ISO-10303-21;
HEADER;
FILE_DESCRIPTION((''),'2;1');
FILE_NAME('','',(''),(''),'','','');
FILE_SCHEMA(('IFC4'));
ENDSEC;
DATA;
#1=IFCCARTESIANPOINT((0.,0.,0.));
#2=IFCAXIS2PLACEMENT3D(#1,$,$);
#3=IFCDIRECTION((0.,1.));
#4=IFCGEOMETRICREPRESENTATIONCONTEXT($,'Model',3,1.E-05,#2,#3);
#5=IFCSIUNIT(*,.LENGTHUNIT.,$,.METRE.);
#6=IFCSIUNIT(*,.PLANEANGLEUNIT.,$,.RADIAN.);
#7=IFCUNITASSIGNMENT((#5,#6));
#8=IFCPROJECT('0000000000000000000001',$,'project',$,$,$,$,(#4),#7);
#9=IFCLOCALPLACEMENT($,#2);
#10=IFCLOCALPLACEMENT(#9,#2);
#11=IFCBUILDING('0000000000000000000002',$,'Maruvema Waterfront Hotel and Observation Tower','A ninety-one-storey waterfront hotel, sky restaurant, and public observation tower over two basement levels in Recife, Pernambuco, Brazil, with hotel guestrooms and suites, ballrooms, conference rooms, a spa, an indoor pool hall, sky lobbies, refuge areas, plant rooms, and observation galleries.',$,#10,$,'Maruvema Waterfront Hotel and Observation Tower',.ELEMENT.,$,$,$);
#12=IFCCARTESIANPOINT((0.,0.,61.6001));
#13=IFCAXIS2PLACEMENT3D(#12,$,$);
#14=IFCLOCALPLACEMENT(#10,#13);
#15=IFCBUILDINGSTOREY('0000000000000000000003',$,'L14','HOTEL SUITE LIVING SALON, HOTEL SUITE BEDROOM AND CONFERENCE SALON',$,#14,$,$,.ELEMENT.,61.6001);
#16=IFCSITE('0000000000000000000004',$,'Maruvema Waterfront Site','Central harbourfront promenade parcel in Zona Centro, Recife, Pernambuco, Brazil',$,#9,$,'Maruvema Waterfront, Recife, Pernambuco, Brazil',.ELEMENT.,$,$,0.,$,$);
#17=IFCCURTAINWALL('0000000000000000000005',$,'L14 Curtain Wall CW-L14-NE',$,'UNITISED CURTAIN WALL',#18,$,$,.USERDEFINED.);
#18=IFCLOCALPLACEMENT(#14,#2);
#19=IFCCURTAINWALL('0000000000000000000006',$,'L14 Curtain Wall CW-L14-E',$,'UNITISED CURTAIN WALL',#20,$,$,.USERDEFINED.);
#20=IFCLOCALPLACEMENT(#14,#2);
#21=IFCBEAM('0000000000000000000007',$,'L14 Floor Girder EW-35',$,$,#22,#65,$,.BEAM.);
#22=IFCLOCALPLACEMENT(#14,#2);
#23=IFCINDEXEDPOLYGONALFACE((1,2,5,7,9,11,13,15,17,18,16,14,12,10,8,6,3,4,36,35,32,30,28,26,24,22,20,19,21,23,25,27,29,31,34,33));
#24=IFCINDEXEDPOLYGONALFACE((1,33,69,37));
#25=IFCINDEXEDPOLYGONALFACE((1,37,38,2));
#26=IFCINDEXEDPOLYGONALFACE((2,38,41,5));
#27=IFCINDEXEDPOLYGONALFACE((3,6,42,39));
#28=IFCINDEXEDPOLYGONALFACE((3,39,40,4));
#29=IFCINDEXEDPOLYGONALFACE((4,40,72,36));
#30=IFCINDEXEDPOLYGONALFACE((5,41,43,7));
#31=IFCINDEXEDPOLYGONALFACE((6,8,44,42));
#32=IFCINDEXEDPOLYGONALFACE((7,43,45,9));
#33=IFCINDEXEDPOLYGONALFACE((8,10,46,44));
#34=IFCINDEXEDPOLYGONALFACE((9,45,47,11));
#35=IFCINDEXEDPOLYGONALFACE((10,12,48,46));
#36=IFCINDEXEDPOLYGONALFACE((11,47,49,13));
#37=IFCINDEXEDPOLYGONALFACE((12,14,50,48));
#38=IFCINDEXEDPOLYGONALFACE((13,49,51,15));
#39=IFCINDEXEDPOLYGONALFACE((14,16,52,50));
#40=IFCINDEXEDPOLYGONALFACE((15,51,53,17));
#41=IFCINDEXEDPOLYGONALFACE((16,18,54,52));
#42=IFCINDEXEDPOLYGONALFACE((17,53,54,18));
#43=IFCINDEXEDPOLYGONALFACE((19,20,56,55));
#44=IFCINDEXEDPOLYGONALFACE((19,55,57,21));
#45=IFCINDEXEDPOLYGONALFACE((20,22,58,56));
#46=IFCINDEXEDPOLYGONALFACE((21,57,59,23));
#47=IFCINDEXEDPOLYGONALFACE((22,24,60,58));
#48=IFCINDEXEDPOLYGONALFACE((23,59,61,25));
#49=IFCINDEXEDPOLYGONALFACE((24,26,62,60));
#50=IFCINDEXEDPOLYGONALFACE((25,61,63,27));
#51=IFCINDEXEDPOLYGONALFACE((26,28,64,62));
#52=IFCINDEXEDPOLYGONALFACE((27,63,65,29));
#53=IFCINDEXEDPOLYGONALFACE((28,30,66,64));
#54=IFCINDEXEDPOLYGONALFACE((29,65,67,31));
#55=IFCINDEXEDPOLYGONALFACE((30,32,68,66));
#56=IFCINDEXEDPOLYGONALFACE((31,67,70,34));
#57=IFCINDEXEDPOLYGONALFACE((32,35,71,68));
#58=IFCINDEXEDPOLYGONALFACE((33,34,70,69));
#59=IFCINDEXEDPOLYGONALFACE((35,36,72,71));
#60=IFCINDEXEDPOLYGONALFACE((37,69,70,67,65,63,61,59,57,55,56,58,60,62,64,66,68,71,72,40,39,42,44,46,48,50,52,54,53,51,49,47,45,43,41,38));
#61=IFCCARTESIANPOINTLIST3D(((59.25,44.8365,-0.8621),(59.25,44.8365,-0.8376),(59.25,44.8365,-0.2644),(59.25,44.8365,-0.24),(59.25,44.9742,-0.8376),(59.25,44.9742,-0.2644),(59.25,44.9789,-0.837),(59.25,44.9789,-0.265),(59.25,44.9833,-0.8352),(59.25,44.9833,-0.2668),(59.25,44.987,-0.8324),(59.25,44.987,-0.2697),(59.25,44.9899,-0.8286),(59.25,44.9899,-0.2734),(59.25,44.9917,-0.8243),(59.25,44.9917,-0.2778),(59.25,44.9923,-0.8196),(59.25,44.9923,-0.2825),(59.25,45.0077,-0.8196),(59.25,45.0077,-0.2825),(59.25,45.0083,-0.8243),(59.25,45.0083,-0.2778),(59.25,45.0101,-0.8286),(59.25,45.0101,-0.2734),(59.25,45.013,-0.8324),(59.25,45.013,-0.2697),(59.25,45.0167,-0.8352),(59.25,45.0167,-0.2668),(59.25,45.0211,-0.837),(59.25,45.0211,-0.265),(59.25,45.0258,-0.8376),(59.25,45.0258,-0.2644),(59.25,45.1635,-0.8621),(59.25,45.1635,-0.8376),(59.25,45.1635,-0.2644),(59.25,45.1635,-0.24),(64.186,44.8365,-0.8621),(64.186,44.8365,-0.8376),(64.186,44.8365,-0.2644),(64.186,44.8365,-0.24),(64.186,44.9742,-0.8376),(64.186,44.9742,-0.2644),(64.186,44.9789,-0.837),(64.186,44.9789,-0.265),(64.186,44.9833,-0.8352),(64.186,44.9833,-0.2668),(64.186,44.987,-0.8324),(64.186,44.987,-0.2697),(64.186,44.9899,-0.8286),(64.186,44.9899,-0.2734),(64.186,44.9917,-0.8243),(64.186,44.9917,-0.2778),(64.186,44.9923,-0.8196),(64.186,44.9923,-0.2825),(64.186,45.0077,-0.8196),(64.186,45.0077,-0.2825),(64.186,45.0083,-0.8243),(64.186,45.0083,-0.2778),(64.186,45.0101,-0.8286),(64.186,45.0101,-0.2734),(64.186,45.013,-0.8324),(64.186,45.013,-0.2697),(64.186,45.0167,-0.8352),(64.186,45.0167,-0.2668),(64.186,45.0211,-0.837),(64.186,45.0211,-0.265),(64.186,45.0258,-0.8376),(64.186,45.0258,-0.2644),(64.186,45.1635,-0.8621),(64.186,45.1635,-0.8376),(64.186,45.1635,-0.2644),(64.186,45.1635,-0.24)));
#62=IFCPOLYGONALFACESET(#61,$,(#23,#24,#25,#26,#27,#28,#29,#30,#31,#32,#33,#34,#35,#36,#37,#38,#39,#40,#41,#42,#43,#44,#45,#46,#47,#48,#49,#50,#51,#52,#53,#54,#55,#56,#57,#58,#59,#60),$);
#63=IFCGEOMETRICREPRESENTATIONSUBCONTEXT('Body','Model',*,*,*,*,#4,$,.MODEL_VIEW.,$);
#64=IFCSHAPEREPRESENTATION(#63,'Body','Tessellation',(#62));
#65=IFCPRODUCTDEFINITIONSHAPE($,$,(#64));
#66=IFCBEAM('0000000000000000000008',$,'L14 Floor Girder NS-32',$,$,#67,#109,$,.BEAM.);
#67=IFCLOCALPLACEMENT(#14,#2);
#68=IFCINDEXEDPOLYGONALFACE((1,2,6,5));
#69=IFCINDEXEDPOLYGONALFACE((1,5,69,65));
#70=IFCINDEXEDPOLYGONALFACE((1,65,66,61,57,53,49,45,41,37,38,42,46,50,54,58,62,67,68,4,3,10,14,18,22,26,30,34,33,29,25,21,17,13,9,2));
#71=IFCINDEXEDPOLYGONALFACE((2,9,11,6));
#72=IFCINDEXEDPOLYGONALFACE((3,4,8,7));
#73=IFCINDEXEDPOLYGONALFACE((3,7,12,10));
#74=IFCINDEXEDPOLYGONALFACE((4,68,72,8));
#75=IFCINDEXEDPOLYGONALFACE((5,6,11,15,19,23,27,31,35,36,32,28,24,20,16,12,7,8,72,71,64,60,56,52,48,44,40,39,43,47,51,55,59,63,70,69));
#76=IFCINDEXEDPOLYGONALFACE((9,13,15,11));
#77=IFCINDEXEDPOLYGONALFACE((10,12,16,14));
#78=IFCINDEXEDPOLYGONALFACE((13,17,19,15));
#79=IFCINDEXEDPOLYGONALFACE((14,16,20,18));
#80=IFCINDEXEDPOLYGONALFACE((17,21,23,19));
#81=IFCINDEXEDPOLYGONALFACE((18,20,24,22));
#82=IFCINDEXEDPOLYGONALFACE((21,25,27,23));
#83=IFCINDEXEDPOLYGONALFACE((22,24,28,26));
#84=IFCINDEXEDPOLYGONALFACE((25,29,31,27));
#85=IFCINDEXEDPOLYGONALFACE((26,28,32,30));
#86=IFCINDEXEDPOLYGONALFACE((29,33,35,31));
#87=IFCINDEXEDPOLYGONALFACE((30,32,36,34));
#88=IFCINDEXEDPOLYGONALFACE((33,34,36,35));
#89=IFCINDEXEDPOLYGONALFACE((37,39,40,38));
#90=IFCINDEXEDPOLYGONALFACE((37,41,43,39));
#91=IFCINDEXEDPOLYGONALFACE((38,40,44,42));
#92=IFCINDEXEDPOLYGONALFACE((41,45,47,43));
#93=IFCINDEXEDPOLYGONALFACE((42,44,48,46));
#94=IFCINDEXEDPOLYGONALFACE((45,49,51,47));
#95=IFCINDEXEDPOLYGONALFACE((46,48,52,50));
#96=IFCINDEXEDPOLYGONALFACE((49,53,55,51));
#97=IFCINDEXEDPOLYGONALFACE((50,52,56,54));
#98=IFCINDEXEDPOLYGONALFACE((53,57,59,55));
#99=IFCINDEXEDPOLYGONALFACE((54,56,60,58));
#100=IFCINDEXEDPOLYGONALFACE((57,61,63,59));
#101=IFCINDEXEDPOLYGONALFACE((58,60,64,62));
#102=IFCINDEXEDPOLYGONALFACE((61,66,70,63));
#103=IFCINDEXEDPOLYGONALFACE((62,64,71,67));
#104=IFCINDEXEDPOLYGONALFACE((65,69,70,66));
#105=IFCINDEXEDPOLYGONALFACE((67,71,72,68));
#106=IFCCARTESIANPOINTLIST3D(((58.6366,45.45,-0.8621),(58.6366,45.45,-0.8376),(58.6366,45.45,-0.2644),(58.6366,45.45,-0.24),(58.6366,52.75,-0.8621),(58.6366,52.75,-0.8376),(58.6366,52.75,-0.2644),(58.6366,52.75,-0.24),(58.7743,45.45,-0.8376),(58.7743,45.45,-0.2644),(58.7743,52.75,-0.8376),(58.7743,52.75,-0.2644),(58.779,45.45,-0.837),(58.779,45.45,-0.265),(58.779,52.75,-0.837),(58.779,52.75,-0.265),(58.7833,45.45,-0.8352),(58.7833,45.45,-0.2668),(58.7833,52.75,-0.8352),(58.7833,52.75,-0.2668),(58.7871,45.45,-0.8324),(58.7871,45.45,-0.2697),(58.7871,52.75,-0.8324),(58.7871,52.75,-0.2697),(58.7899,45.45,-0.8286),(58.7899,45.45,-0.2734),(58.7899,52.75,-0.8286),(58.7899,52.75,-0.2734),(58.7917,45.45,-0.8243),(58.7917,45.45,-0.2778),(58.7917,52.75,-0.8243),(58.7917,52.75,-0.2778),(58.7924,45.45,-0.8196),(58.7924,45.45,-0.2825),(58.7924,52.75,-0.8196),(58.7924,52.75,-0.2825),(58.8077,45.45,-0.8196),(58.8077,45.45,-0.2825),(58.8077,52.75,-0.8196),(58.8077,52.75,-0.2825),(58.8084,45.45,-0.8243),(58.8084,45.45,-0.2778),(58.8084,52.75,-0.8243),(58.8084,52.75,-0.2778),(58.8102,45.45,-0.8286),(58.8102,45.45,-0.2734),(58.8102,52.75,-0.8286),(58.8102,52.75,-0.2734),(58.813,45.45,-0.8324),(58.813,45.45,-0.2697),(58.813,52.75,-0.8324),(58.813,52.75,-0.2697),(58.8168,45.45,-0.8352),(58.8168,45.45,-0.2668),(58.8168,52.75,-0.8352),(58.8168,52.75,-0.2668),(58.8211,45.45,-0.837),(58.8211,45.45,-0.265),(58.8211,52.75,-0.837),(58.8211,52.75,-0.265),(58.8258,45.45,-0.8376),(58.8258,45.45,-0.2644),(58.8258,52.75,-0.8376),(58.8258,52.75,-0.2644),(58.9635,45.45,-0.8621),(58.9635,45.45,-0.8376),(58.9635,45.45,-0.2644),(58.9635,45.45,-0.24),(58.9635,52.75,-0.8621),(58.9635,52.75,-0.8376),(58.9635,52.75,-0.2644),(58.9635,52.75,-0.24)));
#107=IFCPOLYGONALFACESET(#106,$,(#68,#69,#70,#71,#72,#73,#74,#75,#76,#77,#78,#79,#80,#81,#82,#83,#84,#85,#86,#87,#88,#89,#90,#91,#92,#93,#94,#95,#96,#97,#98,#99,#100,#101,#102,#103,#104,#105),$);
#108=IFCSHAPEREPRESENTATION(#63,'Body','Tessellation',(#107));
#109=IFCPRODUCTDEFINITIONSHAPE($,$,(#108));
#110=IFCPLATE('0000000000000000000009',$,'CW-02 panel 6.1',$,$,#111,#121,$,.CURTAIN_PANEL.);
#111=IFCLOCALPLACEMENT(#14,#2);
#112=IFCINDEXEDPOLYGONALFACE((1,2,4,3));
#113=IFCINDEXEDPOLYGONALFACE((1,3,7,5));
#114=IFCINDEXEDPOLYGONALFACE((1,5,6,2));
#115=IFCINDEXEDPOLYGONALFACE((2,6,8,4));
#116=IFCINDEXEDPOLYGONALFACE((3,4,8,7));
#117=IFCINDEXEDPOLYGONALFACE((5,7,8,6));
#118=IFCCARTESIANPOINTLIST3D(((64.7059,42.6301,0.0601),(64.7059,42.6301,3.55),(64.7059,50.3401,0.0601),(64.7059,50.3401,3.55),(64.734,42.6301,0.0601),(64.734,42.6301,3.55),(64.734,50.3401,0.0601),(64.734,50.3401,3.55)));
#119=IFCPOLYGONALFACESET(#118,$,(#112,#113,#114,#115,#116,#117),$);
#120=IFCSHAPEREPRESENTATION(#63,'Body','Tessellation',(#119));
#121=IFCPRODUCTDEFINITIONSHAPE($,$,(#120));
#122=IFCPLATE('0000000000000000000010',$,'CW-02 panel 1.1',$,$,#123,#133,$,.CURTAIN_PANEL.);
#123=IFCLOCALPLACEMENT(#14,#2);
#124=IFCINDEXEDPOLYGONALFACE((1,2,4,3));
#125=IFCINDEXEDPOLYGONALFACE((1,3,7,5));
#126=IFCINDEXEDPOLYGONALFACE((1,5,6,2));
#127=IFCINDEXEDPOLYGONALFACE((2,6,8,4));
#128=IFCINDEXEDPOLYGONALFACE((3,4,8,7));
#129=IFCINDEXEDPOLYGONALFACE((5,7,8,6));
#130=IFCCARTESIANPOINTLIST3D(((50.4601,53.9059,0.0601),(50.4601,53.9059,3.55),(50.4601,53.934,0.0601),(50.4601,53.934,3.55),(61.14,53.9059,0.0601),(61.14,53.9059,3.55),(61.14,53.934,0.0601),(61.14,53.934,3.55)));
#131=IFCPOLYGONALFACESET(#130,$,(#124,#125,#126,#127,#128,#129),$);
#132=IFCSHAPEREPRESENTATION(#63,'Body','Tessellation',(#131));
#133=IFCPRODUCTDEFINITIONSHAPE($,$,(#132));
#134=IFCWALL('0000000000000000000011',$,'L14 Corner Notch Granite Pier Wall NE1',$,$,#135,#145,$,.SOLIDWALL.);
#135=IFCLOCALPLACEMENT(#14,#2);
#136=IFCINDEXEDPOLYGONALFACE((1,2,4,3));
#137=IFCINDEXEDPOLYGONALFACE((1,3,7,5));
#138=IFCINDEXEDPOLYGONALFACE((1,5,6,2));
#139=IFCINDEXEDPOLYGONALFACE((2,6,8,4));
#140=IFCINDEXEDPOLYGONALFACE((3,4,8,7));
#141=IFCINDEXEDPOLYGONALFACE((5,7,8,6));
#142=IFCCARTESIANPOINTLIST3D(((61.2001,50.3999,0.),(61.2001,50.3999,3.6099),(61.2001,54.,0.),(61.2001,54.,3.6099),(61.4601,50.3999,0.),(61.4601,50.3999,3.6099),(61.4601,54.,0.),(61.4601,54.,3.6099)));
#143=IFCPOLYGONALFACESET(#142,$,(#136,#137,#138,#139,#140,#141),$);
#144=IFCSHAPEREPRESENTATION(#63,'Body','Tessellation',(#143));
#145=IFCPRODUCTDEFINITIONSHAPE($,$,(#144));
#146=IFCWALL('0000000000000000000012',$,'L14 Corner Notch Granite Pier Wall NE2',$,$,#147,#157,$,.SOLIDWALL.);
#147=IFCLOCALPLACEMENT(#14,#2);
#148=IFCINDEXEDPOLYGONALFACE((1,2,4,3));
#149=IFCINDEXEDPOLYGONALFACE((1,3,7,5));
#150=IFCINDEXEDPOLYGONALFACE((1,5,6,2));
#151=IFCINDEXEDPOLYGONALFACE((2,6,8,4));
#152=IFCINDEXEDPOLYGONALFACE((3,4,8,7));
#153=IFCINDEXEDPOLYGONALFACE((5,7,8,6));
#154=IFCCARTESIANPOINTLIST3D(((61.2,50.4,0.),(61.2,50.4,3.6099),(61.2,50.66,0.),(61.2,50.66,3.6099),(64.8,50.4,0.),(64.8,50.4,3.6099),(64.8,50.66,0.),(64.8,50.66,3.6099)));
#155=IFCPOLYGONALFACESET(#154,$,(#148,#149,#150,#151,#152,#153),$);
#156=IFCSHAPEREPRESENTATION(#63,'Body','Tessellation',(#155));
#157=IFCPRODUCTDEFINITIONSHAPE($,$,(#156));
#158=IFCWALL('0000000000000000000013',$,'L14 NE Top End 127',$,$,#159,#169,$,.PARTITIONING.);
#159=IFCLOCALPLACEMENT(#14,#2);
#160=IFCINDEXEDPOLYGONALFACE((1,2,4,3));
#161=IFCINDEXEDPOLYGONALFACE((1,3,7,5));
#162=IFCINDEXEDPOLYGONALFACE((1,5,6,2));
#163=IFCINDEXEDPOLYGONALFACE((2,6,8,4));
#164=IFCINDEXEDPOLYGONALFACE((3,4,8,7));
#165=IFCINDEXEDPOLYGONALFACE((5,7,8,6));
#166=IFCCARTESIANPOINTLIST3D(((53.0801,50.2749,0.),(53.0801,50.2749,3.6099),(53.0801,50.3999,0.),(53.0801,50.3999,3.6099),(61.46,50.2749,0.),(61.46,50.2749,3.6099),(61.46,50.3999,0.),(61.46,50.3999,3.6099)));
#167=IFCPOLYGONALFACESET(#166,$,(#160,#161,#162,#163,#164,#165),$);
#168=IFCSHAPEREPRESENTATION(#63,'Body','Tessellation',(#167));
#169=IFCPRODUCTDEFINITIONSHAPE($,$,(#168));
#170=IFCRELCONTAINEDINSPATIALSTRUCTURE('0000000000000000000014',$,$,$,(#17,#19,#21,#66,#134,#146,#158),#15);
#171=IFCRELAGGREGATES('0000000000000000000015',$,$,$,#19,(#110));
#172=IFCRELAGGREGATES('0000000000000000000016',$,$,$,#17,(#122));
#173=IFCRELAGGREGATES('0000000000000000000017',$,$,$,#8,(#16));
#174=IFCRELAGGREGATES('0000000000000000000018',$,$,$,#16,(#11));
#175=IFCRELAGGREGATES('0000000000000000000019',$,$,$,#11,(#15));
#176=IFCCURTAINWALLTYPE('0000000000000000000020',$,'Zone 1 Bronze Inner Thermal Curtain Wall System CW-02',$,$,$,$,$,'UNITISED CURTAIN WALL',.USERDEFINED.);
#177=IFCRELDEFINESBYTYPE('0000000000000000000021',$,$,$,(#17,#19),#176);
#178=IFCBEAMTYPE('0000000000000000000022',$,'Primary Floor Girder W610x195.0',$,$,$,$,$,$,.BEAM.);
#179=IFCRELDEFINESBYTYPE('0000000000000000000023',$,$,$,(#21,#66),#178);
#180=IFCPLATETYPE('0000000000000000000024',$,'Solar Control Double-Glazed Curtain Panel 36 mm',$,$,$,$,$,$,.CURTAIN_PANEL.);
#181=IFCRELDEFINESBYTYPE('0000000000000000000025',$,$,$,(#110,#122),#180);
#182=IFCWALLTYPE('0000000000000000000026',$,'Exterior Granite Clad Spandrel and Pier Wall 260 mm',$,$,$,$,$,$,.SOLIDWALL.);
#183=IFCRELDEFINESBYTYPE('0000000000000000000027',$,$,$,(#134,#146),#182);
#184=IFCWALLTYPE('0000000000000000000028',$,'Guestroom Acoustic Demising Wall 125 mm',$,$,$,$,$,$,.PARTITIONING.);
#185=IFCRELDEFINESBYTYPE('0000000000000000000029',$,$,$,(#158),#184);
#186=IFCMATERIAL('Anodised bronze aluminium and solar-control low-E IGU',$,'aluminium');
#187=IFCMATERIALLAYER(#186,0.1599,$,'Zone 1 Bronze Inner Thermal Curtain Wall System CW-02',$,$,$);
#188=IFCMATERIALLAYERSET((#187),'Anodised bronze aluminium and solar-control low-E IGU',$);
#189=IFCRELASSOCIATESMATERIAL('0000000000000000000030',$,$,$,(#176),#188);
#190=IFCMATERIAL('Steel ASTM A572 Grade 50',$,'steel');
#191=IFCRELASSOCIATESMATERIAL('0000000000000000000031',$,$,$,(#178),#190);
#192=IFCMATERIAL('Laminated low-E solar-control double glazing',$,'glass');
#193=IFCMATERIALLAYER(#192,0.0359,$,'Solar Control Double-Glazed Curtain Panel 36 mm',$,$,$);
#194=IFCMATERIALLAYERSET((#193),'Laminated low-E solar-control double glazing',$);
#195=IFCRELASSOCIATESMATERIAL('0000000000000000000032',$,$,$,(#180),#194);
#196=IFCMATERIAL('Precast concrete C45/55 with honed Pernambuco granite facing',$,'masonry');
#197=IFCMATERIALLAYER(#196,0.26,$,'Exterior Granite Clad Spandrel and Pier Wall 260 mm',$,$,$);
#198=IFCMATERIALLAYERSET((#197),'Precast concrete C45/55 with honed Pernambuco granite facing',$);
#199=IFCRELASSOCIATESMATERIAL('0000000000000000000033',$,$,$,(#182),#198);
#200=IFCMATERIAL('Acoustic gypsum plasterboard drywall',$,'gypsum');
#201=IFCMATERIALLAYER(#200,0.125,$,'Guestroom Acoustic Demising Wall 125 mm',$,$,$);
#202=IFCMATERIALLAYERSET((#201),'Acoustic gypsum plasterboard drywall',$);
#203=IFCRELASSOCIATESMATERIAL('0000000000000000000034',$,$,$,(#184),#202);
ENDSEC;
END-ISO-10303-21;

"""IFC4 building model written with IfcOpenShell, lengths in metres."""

from ifc_helpers import new_model, si_unit, direction, frame, frame_2d, origin, origin_2d, place, context, subcontext, project, spatial, rectangle, i_section, extrude, material, layer, layer_set, material_profile, profile_set, type_object, element, aggregate, save


model = new_model("IFC4")

# Units and contexts
model_context = context("Model", 3, precision=1e-05, world=origin(), true_north=direction((0.0, 1.0)))
body_context = subcontext(model_context, "Body", "Model", "MODEL_VIEW")
ifc_project = project(units=[si_unit("LENGTHUNIT", "METRE"), si_unit("PLANEANGLEUNIT", "RADIAN")], contexts=[model_context])

# Site, building, storey
site_placement = place(None, origin())
site = spatial("IfcSite", under=ifc_project, at=site_placement, Name="Maruvema Waterfront Site", Description="Central harbourfront promenade parcel in Zona Centro, Recife, Pernambuco, Brazil", LongName="Maruvema Waterfront, Recife, Pernambuco, Brazil", CompositionType="ELEMENT", RefElevation=0.0)
building_placement = place(site_placement, origin())
building = spatial("IfcBuilding", under=site, at=building_placement, Name="Maruvema Waterfront Hotel and Observation Tower", Description="A ninety-one-storey waterfront hotel, sky restaurant, and public observation tower over two basement levels in Recife, Pernambuco, Brazil, with hotel guestrooms and suites, ballrooms, conference rooms, a spa, an indoor pool hall, sky lobbies, refuge areas, plant rooms, and observation galleries.", LongName="Maruvema Waterfront Hotel and Observation Tower", CompositionType="ELEMENT")
storey_placement = place(building_placement, frame((0.0, 0.0, 61.6001)))
storey = spatial("IfcBuildingStorey", under=building, at=storey_placement, Name="L14", Description="HOTEL SUITE LIVING SALON, HOTEL SUITE BEDROOM AND CONFERENCE SALON", CompositionType="ELEMENT", Elevation=61.6001)

# Curtain wall
ifc_material_1 = material(Name="Anodised bronze aluminium and solar-control low-E IGU", Category="aluminium")
ifc_layer_1 = layer(ifc_material_1, 0.1599, Name="Zone 1 Bronze Inner Thermal Curtain Wall System CW-02")
ifc_layer_set_1 = layer_set([ifc_layer_1], Name="Anodised bronze aluminium and solar-control low-E IGU")
curtain_wall_type = type_object("IfcCurtainWallType", Name="Zone 1 Bronze Inner Thermal Curtain Wall System CW-02", ElementType="UNITISED CURTAIN WALL", PredefinedType="USERDEFINED", material=ifc_layer_set_1)
curtain_wall_1_placement = place(storey_placement, origin())
curtain_wall_1 = element("IfcCurtainWall", 1, at=curtain_wall_1_placement, inside=storey, type_object=curtain_wall_type, Name="L14 Curtain Wall CW-L14-NE", ObjectType="UNITISED CURTAIN WALL", PredefinedType="USERDEFINED")

# Curtain wall
curtain_wall_2_placement = place(storey_placement, origin())
curtain_wall_2 = element("IfcCurtainWall", 2, at=curtain_wall_2_placement, inside=storey, type_object=curtain_wall_type, Name="L14 Curtain Wall CW-L14-E", ObjectType="UNITISED CURTAIN WALL", PredefinedType="USERDEFINED")

# Beams
ifc_material_2 = material(Name="Steel ASTM A572 Grade 50", Category="steel")
ifc_material_profile_1 = material_profile(ifc_material_2, i_section(OverallWidth=0.3269, OverallDepth=0.6221, WebThickness=0.0154, FlangeThickness=0.0244, FilletRadius=0.0181, at=origin_2d()), Name="W610x195.0")
ifc_profile_set_1 = profile_set([ifc_material_profile_1], Name="Steel ASTM A572 Grade 50")
beam_type = type_object("IfcBeamType", Name="Primary Floor Girder W610x195.0", PredefinedType="BEAM", material=ifc_profile_set_1)
beam_1_placement = place(storey_placement, frame((59.25, 45.0, -0.551), z_axis=(1.0, 0.0, 0.0), x_axis=(0.0, 1.0, 0.0)))
element("IfcBeam", 3, at=beam_1_placement, inside=storey, type_object=beam_type, Name="L14 Floor Girder EW-35", PredefinedType="BEAM", context=body_context, shape_type="SweptSolid", body=[
    extrude(i_section(OverallWidth=0.3269, OverallDepth=0.6221, WebThickness=0.0154, FlangeThickness=0.0244, FilletRadius=0.0181, at=origin_2d()), origin(), (0.0, 0.0, 1.0), 4.936),
])
beam_2_placement = place(storey_placement, frame((58.8, 45.45, -0.551), z_axis=(0.0, 1.0, 0.0), x_axis=(-1.0, 0.0, 0.0)))
element("IfcBeam", 4, at=beam_2_placement, inside=storey, type_object=beam_type, Name="L14 Floor Girder NS-32", PredefinedType="BEAM", context=body_context, shape_type="SweptSolid", body=[
    extrude(i_section(OverallWidth=0.3269, OverallDepth=0.6221, WebThickness=0.0154, FlangeThickness=0.0244, FilletRadius=0.0181, at=origin_2d()), origin(), (0.0, 0.0, 1.0), 7.3),
])

# Plates
ifc_material_3 = material(Name="Laminated low-E solar-control double glazing", Category="glass")
ifc_layer_2 = layer(ifc_material_3, 0.0359, Name="Solar Control Double-Glazed Curtain Panel 36 mm")
ifc_layer_set_2 = layer_set([ifc_layer_2], Name="Laminated low-E solar-control double glazing")
plate_type = type_object("IfcPlateType", Name="Solar Control Double-Glazed Curtain Panel 36 mm", PredefinedType="CURTAIN_PANEL", material=ifc_layer_set_2)
plate_1_placement = place(storey_placement, frame((64.72, 46.4851, 0.0601), z_axis=(0.0, 0.0, 1.0), x_axis=(0.0, 1.0, 0.0)))
plate_1 = element("IfcPlate", 5, at=plate_1_placement, type_object=plate_type, Name="CW-02 panel 6.1", PredefinedType="CURTAIN_PANEL", context=body_context, shape_type="SweptSolid", body=[
    extrude(rectangle(XDim=7.71, YDim=0.0281, at=origin_2d()), origin(), (0.0, 0.0, 1.0), 3.49),
])
aggregate(curtain_wall_2, [plate_1])
plate_2_placement = place(storey_placement, frame((55.8, 53.9199, 0.0601), z_axis=(0.0, 0.0, 1.0), x_axis=(-1.0, 0.0, 0.0)))
plate_2 = element("IfcPlate", 6, at=plate_2_placement, type_object=plate_type, Name="CW-02 panel 1.1", PredefinedType="CURTAIN_PANEL", context=body_context, shape_type="SweptSolid", body=[
    extrude(rectangle(XDim=10.6799, YDim=0.0281, at=origin_2d()), origin(), (0.0, 0.0, 1.0), 3.49),
])
aggregate(curtain_wall_1, [plate_2])

# Walls
ifc_material_4 = material(Name="Precast concrete C45/55 with honed Pernambuco granite facing", Category="masonry")
ifc_layer_3 = layer(ifc_material_4, 0.26, Name="Exterior Granite Clad Spandrel and Pier Wall 260 mm")
ifc_layer_set_3 = layer_set([ifc_layer_3], Name="Precast concrete C45/55 with honed Pernambuco granite facing")
wall_type_1 = type_object("IfcWallType", Name="Exterior Granite Clad Spandrel and Pier Wall 260 mm", PredefinedType="SOLIDWALL", material=ifc_layer_set_3)
for number, where, z_axis, x_axis, name in (
    (7, (61.3301, 54.0, 0.0), (0.0, 0.0, 1.0), (0.0, -1.0, 0.0), "L14 Corner Notch Granite Pier Wall NE1"),
    (8, (61.2, 50.53, 0.0), (0.0, 0.0, 1.0), (1.0, 0.0, 0.0), "L14 Corner Notch Granite Pier Wall NE2"),
):
    element("IfcWall", number, at=place(storey_placement, frame(where, z_axis=z_axis, x_axis=x_axis)), inside=storey, type_object=wall_type_1, Name=name, PredefinedType="SOLIDWALL", context=body_context, shape_type="SweptSolid", body=[
        extrude(rectangle(XDim=3.6001, YDim=0.26, at=frame_2d((1.8, 0.0))), origin(), (0.0, 0.0, 1.0), 3.6099),
    ])
ifc_material_5 = material(Name="Acoustic gypsum plasterboard drywall", Category="gypsum")
ifc_layer_4 = layer(ifc_material_5, 0.125, Name="Guestroom Acoustic Demising Wall 125 mm")
ifc_layer_set_4 = layer_set([ifc_layer_4], Name="Acoustic gypsum plasterboard drywall")
wall_type_2 = type_object("IfcWallType", Name="Guestroom Acoustic Demising Wall 125 mm", PredefinedType="PARTITIONING", material=ifc_layer_set_4)
wall_placement = place(storey_placement, frame((53.0801, 50.3374, 0.0), z_axis=(0.0, 0.0, 1.0), x_axis=(1.0, 0.0, 0.0)))
element("IfcWall", 9, at=wall_placement, inside=storey, type_object=wall_type_2, Name="L14 NE Top End 127", PredefinedType="PARTITIONING", context=body_context, shape_type="SweptSolid", body=[
    extrude(rectangle(XDim=8.3799, YDim=0.125, at=frame_2d((4.1899, 0.0))), origin(), (0.0, 0.0, 1.0), 3.6099),
])

save(model, "model.ifc")
